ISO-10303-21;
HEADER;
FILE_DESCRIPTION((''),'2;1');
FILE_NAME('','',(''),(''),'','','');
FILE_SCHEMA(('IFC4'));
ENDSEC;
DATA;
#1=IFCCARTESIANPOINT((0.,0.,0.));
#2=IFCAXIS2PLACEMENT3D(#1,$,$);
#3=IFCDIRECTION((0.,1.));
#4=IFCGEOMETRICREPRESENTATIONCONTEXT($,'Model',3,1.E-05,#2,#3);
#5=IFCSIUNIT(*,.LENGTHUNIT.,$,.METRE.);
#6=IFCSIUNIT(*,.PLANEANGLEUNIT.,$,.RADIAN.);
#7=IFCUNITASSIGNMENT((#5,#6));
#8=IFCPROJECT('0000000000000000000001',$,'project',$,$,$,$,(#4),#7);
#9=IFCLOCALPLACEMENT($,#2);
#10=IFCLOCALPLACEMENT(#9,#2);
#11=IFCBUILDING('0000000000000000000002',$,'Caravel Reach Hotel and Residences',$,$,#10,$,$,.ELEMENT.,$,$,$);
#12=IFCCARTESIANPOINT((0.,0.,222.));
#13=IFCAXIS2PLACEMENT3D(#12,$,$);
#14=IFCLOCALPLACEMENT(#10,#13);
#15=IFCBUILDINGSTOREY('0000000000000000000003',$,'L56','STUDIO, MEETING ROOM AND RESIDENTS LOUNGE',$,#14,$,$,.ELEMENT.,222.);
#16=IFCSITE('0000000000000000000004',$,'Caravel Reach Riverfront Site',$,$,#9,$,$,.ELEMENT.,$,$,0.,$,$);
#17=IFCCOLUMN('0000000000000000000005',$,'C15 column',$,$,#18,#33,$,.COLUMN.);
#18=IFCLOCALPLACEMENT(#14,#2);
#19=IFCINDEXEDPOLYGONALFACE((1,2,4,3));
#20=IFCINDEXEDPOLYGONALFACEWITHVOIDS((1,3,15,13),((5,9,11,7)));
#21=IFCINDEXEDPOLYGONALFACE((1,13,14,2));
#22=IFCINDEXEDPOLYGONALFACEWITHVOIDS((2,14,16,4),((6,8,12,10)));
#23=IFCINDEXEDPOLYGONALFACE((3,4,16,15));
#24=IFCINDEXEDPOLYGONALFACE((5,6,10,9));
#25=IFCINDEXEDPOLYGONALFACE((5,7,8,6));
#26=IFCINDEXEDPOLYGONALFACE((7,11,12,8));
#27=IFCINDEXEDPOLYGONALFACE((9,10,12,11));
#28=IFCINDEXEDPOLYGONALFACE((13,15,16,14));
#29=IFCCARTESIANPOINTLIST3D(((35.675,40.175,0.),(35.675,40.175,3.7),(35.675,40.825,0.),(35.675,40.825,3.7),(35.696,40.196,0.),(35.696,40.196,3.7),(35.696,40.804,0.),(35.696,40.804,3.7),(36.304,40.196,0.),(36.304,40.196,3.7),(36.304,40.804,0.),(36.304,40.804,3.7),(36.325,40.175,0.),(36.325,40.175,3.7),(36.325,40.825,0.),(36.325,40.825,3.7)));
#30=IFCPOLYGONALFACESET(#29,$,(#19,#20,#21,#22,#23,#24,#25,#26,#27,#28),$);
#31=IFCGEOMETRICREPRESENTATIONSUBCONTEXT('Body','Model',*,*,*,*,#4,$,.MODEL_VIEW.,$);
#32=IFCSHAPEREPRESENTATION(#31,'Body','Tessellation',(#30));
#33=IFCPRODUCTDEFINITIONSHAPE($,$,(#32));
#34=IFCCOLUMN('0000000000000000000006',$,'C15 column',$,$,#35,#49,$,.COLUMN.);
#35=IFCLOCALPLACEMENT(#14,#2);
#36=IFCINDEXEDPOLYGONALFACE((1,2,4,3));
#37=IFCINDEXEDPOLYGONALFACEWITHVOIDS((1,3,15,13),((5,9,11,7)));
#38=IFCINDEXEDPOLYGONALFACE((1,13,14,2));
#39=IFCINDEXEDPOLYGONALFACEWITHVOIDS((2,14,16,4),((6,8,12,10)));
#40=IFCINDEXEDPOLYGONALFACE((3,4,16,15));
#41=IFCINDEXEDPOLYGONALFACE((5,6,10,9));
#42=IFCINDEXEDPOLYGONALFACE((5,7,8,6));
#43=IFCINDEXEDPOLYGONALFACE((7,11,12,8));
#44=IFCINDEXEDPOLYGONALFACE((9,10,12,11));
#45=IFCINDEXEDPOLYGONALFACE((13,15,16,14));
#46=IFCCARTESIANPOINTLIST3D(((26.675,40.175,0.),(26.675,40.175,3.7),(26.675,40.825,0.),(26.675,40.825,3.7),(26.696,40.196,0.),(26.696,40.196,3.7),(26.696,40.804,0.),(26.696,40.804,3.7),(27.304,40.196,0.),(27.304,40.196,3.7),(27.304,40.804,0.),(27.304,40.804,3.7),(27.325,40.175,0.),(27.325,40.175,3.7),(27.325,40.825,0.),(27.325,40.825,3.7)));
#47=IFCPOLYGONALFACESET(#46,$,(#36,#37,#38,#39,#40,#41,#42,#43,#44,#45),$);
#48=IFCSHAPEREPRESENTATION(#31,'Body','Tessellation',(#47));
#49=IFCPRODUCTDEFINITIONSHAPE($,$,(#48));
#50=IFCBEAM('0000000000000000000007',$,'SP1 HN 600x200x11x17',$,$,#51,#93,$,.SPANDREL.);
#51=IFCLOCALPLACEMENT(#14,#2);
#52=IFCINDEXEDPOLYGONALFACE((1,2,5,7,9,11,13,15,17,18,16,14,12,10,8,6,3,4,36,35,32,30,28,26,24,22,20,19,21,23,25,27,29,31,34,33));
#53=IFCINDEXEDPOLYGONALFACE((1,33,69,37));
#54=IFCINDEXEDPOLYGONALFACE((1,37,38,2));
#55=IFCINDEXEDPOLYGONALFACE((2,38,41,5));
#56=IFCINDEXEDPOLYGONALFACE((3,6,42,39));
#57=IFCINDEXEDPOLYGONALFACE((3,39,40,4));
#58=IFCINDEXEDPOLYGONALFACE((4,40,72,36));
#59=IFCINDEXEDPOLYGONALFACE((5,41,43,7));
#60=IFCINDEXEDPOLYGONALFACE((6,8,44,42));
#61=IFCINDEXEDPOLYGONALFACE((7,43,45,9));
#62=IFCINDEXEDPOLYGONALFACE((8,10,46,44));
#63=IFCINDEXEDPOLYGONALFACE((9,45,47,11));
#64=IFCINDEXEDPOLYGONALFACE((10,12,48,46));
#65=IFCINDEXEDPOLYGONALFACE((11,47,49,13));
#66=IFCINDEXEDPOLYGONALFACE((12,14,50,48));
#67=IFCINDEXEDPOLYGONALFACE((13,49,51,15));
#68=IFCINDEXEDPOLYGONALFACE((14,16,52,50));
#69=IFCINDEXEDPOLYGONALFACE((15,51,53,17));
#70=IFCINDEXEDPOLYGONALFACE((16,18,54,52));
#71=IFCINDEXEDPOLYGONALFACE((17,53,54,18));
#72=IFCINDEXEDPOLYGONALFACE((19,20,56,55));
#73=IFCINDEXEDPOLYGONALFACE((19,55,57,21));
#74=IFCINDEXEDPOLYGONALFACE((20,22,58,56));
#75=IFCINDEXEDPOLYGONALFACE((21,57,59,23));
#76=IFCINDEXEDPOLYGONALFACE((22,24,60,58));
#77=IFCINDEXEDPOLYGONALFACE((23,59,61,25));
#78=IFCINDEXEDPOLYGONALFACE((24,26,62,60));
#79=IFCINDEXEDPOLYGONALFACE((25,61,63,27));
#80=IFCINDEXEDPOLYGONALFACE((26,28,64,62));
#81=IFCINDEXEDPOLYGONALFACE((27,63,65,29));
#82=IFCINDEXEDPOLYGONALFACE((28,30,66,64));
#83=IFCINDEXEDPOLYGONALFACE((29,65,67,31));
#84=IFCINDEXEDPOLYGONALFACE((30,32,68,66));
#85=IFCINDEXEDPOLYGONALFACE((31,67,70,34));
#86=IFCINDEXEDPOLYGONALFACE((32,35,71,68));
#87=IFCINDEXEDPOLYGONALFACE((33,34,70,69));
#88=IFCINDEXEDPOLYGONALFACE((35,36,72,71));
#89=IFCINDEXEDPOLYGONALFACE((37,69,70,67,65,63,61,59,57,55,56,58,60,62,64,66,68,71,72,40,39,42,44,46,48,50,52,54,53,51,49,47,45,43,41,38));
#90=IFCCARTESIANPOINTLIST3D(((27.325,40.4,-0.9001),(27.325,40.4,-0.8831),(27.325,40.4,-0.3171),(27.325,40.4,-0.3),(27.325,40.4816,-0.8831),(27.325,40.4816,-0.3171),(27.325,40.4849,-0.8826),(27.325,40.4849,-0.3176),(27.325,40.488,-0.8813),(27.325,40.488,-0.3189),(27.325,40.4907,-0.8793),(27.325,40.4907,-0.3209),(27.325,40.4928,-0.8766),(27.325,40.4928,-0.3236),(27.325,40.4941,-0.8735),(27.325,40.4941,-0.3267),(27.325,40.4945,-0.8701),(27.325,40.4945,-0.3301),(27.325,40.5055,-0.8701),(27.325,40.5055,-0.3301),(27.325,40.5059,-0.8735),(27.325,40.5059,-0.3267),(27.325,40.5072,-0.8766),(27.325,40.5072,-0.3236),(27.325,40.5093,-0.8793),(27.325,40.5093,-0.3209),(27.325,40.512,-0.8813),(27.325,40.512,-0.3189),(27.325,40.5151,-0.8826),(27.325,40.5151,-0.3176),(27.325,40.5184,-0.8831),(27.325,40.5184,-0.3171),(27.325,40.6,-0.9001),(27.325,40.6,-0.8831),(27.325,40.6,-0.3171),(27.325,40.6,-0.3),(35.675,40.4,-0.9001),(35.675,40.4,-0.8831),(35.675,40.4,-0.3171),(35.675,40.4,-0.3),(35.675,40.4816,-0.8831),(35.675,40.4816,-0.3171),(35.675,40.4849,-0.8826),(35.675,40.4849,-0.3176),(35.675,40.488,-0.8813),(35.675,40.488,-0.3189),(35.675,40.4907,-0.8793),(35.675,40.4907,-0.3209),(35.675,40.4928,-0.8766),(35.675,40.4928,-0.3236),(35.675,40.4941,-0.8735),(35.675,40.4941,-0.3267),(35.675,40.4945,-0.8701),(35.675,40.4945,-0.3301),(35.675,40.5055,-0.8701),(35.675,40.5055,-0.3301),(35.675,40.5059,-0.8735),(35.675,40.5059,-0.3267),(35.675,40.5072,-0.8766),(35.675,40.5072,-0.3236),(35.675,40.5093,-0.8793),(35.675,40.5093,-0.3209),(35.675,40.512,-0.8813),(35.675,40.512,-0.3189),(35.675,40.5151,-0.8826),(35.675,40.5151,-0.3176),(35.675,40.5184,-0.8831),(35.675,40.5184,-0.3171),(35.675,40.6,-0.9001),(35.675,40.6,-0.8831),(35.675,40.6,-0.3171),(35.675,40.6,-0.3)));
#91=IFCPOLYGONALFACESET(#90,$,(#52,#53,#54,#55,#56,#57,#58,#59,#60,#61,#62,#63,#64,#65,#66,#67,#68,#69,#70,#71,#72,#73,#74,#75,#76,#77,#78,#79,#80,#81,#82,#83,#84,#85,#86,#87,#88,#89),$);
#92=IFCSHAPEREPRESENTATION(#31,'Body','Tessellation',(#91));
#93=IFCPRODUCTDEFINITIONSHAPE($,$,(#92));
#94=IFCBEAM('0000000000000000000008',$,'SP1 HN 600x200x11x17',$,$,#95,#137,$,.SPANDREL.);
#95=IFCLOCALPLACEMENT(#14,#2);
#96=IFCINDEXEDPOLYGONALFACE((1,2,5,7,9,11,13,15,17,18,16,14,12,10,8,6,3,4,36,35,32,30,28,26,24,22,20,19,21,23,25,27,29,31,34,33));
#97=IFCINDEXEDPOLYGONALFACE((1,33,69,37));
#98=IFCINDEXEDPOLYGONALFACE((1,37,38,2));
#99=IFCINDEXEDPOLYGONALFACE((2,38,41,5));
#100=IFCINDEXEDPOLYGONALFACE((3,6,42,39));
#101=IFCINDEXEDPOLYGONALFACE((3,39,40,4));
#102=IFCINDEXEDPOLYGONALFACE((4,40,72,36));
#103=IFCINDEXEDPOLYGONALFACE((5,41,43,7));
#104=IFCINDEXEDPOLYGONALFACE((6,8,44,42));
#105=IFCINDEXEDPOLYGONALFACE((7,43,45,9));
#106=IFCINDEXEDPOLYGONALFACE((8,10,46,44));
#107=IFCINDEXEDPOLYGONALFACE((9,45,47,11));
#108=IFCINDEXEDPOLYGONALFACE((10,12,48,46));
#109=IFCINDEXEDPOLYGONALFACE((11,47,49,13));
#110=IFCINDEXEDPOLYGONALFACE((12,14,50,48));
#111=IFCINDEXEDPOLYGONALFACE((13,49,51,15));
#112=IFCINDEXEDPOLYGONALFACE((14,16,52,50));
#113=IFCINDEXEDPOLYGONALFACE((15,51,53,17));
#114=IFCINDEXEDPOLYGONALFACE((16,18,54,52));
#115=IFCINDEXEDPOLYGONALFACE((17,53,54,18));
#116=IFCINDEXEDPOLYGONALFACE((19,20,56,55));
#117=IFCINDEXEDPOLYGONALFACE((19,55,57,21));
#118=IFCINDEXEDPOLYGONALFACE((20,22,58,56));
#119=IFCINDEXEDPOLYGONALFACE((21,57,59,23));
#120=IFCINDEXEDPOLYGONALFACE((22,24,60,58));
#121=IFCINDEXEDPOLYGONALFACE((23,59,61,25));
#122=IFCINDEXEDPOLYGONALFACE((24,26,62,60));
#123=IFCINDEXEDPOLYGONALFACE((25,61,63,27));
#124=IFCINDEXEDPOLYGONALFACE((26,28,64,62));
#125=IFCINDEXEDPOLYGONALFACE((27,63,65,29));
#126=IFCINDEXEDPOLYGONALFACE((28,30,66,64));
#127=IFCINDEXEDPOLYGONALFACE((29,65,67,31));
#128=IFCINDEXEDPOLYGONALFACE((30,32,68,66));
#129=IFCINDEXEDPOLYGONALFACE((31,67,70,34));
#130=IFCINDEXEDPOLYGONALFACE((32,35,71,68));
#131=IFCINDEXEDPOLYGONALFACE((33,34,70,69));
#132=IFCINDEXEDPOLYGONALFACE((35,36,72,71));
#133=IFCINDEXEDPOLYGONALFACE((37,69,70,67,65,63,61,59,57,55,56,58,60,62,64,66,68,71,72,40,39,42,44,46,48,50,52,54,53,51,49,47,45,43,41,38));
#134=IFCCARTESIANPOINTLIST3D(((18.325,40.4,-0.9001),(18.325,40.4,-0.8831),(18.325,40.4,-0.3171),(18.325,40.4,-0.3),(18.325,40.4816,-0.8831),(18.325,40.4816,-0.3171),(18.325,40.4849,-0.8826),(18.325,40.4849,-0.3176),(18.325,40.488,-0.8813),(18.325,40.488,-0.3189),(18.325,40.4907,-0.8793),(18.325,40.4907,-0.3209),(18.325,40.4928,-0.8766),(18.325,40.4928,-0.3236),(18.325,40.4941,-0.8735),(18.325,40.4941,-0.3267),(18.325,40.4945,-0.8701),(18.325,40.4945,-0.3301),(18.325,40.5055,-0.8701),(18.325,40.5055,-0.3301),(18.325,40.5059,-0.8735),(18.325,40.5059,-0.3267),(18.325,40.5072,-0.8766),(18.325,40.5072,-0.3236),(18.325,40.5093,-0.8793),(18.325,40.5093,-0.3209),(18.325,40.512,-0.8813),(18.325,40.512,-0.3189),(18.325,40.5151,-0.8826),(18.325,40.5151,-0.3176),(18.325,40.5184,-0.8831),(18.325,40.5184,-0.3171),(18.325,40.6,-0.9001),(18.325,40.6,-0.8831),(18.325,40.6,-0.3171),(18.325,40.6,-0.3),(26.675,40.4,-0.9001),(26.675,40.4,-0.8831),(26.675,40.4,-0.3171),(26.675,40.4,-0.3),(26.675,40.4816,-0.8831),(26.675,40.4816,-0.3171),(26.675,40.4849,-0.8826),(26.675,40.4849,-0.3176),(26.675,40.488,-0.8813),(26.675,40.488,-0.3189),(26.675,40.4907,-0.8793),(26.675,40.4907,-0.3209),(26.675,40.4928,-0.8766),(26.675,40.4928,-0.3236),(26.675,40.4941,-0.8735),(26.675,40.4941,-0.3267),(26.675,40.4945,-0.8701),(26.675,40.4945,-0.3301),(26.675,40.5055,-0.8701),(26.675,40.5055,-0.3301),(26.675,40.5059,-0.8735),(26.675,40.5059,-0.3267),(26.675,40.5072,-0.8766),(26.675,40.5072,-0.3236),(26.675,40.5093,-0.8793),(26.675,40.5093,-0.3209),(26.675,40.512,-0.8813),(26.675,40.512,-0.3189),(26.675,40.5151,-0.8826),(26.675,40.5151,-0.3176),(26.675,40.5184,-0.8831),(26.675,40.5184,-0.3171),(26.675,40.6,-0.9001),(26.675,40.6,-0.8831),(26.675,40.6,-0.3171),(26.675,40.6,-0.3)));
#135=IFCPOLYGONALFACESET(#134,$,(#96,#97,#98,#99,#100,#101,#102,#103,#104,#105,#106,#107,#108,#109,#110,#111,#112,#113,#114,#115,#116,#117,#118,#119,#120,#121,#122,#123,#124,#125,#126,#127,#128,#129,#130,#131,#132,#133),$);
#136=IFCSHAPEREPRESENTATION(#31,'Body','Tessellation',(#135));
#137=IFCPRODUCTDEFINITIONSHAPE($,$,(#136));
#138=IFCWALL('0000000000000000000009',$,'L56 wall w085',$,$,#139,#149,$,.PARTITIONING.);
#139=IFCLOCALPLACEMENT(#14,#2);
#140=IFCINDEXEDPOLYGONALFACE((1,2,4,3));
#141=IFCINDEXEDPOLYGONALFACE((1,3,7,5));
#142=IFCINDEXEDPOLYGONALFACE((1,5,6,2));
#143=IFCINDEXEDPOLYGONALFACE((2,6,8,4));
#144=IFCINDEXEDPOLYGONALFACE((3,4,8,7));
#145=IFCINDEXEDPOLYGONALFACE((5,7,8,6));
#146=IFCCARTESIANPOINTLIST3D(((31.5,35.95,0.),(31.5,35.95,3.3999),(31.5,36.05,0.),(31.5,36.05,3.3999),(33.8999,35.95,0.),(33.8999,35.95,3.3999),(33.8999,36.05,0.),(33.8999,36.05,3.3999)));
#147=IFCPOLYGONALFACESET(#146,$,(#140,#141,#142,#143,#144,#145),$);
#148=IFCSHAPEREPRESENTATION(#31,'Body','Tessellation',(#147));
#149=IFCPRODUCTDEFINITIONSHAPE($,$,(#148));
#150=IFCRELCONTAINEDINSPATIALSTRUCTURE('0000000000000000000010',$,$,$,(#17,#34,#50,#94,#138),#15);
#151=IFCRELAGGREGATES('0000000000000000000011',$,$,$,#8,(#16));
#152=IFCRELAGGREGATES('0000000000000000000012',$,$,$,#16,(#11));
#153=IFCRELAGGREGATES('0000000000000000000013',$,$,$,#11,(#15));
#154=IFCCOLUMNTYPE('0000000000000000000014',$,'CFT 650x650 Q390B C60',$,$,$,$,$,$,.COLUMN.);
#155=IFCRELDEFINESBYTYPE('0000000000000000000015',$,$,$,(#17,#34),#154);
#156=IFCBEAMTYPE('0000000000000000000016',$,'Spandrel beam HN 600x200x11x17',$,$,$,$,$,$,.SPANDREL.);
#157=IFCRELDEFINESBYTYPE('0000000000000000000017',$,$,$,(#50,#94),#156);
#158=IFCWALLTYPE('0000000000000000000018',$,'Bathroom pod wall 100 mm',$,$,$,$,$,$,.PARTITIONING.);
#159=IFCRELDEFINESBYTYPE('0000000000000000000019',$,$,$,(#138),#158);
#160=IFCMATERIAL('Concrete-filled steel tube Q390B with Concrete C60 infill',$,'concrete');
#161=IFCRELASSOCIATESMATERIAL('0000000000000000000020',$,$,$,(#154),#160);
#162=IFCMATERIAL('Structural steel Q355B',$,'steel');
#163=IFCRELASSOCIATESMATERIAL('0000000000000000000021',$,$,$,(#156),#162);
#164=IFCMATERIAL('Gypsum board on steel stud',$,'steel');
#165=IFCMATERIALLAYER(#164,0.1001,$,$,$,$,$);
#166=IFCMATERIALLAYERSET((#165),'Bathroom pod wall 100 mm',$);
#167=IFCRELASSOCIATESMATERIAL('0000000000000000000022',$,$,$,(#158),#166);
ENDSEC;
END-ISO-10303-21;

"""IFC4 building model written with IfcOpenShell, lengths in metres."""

from ifc_helpers import new_model, si_unit, direction, frame, frame_2d, origin, origin_2d, place, context, subcontext, project, spatial, rectangle, hollow_rectangle, i_section, extrude, material, layer, layer_set, material_profile, profile_set, type_object, element, save


model = new_model("IFC4")

# Units and contexts
model_context = context("Model", 3, precision=1e-05, world=origin(), true_north=direction((0.0, 1.0)))
body_context = subcontext(model_context, "Body", "Model", "MODEL_VIEW")
ifc_project = project(units=[si_unit("LENGTHUNIT", "METRE"), si_unit("PLANEANGLEUNIT", "RADIAN")], contexts=[model_context])

# Site, building, storey
site_placement = place(None, origin())
site = spatial("IfcSite", under=ifc_project, at=site_placement, Name="Caravel Reach Riverfront Site", CompositionType="ELEMENT", RefElevation=0.0)
building_placement = place(site_placement, origin())
building = spatial("IfcBuilding", under=site, at=building_placement, Name="Caravel Reach Hotel and Residences", CompositionType="ELEMENT")
storey_placement = place(building_placement, frame((0.0, 0.0, 222.0)))
storey = spatial("IfcBuildingStorey", under=building, at=storey_placement, Name="L56", Description="STUDIO, MEETING ROOM AND RESIDENTS LOUNGE", CompositionType="ELEMENT", Elevation=222.0)

# Columns
ifc_material_1 = material(Name="Concrete-filled steel tube Q390B with Concrete C60 infill", Category="concrete")
ifc_material_profile_1 = material_profile(ifc_material_1, hollow_rectangle(XDim=0.6499, YDim=0.6499, WallThickness=0.021, at=origin_2d()), Name="RHS 650x650x21")
ifc_profile_set_1 = profile_set([ifc_material_profile_1], Name="Concrete-filled steel tube Q390B with Concrete C60 infill")
column_type = type_object("IfcColumnType", Name="CFT 650x650 Q390B C60", PredefinedType="COLUMN", material=ifc_profile_set_1)
for number, where, z_axis, x_axis, name in (
    (1, (36.0, 40.5, 0.0), (0.0, 0.0, 1.0), (1.0, 0.0, 0.0), "C15 column"),
    (2, (27.0, 40.5, 0.0), (0.0, 0.0, 1.0), (1.0, 0.0, 0.0), "C15 column"),
):
    element("IfcColumn", number, at=place(storey_placement, frame(where, z_axis=z_axis, x_axis=x_axis)), inside=storey, type_object=column_type, Name=name, PredefinedType="COLUMN", context=body_context, shape_type="SweptSolid", body=[
        extrude(hollow_rectangle(XDim=0.6499, YDim=0.6499, WallThickness=0.021, at=origin_2d()), origin(), (0.0, 0.0, 1.0), 3.7),
    ])

# Beams
ifc_material_2 = material(Name="Structural steel Q355B", Category="steel")
ifc_material_profile_2 = material_profile(ifc_material_2, i_section(OverallWidth=0.2, OverallDepth=0.6001, WebThickness=0.011, FlangeThickness=0.0171, FilletRadius=0.0129, at=origin_2d()), Name="HN 600x200x11x17")
ifc_profile_set_2 = profile_set([ifc_material_profile_2], Name="Structural steel Q355B")
beam_type = type_object("IfcBeamType", Name="Spandrel beam HN 600x200x11x17", PredefinedType="SPANDREL", material=ifc_profile_set_2)
for number, where, z_axis, x_axis, name in (
    (3, (35.675, 40.5, -0.6001), (-1.0, 0.0, 0.0), (0.0, -1.0, 0.0), "SP1 HN 600x200x11x17"),
    (4, (26.675, 40.5, -0.6001), (-1.0, 0.0, 0.0), (0.0, -1.0, 0.0), "SP1 HN 600x200x11x17"),
):
    element("IfcBeam", number, at=place(storey_placement, frame(where, z_axis=z_axis, x_axis=x_axis)), inside=storey, type_object=beam_type, Name=name, PredefinedType="SPANDREL", context=body_context, shape_type="SweptSolid", body=[
        extrude(i_section(OverallWidth=0.2, OverallDepth=0.6001, WebThickness=0.011, FlangeThickness=0.0171, FilletRadius=0.0129, at=origin_2d()), origin(), (0.0, 0.0, 1.0), 8.3501),
    ])

# Wall
ifc_material_3 = material(Name="Gypsum board on steel stud", Category="steel")
ifc_layer_1 = layer(ifc_material_3, 0.1001)
ifc_layer_set_1 = layer_set([ifc_layer_1], Name="Bathroom pod wall 100 mm")
wall_type_1 = type_object("IfcWallType", Name="Bathroom pod wall 100 mm", PredefinedType="PARTITIONING", material=ifc_layer_set_1)
wall_1_placement = place(storey_placement, frame((31.5, 36.0, 0.0), z_axis=(0.0, 0.0, 1.0), x_axis=(1.0, 0.0, 0.0)))
element("IfcWall", 5, at=wall_1_placement, inside=storey, type_object=wall_type_1, Name="L56 wall w085", PredefinedType="PARTITIONING", context=body_context, shape_type="SweptSolid", body=[
    extrude(rectangle(XDim=2.3999, YDim=0.1001, at=frame_2d((1.2, 0.0))), origin(), (0.0, 0.0, 1.0), 3.3999),
])

save(model, "model.ifc")
